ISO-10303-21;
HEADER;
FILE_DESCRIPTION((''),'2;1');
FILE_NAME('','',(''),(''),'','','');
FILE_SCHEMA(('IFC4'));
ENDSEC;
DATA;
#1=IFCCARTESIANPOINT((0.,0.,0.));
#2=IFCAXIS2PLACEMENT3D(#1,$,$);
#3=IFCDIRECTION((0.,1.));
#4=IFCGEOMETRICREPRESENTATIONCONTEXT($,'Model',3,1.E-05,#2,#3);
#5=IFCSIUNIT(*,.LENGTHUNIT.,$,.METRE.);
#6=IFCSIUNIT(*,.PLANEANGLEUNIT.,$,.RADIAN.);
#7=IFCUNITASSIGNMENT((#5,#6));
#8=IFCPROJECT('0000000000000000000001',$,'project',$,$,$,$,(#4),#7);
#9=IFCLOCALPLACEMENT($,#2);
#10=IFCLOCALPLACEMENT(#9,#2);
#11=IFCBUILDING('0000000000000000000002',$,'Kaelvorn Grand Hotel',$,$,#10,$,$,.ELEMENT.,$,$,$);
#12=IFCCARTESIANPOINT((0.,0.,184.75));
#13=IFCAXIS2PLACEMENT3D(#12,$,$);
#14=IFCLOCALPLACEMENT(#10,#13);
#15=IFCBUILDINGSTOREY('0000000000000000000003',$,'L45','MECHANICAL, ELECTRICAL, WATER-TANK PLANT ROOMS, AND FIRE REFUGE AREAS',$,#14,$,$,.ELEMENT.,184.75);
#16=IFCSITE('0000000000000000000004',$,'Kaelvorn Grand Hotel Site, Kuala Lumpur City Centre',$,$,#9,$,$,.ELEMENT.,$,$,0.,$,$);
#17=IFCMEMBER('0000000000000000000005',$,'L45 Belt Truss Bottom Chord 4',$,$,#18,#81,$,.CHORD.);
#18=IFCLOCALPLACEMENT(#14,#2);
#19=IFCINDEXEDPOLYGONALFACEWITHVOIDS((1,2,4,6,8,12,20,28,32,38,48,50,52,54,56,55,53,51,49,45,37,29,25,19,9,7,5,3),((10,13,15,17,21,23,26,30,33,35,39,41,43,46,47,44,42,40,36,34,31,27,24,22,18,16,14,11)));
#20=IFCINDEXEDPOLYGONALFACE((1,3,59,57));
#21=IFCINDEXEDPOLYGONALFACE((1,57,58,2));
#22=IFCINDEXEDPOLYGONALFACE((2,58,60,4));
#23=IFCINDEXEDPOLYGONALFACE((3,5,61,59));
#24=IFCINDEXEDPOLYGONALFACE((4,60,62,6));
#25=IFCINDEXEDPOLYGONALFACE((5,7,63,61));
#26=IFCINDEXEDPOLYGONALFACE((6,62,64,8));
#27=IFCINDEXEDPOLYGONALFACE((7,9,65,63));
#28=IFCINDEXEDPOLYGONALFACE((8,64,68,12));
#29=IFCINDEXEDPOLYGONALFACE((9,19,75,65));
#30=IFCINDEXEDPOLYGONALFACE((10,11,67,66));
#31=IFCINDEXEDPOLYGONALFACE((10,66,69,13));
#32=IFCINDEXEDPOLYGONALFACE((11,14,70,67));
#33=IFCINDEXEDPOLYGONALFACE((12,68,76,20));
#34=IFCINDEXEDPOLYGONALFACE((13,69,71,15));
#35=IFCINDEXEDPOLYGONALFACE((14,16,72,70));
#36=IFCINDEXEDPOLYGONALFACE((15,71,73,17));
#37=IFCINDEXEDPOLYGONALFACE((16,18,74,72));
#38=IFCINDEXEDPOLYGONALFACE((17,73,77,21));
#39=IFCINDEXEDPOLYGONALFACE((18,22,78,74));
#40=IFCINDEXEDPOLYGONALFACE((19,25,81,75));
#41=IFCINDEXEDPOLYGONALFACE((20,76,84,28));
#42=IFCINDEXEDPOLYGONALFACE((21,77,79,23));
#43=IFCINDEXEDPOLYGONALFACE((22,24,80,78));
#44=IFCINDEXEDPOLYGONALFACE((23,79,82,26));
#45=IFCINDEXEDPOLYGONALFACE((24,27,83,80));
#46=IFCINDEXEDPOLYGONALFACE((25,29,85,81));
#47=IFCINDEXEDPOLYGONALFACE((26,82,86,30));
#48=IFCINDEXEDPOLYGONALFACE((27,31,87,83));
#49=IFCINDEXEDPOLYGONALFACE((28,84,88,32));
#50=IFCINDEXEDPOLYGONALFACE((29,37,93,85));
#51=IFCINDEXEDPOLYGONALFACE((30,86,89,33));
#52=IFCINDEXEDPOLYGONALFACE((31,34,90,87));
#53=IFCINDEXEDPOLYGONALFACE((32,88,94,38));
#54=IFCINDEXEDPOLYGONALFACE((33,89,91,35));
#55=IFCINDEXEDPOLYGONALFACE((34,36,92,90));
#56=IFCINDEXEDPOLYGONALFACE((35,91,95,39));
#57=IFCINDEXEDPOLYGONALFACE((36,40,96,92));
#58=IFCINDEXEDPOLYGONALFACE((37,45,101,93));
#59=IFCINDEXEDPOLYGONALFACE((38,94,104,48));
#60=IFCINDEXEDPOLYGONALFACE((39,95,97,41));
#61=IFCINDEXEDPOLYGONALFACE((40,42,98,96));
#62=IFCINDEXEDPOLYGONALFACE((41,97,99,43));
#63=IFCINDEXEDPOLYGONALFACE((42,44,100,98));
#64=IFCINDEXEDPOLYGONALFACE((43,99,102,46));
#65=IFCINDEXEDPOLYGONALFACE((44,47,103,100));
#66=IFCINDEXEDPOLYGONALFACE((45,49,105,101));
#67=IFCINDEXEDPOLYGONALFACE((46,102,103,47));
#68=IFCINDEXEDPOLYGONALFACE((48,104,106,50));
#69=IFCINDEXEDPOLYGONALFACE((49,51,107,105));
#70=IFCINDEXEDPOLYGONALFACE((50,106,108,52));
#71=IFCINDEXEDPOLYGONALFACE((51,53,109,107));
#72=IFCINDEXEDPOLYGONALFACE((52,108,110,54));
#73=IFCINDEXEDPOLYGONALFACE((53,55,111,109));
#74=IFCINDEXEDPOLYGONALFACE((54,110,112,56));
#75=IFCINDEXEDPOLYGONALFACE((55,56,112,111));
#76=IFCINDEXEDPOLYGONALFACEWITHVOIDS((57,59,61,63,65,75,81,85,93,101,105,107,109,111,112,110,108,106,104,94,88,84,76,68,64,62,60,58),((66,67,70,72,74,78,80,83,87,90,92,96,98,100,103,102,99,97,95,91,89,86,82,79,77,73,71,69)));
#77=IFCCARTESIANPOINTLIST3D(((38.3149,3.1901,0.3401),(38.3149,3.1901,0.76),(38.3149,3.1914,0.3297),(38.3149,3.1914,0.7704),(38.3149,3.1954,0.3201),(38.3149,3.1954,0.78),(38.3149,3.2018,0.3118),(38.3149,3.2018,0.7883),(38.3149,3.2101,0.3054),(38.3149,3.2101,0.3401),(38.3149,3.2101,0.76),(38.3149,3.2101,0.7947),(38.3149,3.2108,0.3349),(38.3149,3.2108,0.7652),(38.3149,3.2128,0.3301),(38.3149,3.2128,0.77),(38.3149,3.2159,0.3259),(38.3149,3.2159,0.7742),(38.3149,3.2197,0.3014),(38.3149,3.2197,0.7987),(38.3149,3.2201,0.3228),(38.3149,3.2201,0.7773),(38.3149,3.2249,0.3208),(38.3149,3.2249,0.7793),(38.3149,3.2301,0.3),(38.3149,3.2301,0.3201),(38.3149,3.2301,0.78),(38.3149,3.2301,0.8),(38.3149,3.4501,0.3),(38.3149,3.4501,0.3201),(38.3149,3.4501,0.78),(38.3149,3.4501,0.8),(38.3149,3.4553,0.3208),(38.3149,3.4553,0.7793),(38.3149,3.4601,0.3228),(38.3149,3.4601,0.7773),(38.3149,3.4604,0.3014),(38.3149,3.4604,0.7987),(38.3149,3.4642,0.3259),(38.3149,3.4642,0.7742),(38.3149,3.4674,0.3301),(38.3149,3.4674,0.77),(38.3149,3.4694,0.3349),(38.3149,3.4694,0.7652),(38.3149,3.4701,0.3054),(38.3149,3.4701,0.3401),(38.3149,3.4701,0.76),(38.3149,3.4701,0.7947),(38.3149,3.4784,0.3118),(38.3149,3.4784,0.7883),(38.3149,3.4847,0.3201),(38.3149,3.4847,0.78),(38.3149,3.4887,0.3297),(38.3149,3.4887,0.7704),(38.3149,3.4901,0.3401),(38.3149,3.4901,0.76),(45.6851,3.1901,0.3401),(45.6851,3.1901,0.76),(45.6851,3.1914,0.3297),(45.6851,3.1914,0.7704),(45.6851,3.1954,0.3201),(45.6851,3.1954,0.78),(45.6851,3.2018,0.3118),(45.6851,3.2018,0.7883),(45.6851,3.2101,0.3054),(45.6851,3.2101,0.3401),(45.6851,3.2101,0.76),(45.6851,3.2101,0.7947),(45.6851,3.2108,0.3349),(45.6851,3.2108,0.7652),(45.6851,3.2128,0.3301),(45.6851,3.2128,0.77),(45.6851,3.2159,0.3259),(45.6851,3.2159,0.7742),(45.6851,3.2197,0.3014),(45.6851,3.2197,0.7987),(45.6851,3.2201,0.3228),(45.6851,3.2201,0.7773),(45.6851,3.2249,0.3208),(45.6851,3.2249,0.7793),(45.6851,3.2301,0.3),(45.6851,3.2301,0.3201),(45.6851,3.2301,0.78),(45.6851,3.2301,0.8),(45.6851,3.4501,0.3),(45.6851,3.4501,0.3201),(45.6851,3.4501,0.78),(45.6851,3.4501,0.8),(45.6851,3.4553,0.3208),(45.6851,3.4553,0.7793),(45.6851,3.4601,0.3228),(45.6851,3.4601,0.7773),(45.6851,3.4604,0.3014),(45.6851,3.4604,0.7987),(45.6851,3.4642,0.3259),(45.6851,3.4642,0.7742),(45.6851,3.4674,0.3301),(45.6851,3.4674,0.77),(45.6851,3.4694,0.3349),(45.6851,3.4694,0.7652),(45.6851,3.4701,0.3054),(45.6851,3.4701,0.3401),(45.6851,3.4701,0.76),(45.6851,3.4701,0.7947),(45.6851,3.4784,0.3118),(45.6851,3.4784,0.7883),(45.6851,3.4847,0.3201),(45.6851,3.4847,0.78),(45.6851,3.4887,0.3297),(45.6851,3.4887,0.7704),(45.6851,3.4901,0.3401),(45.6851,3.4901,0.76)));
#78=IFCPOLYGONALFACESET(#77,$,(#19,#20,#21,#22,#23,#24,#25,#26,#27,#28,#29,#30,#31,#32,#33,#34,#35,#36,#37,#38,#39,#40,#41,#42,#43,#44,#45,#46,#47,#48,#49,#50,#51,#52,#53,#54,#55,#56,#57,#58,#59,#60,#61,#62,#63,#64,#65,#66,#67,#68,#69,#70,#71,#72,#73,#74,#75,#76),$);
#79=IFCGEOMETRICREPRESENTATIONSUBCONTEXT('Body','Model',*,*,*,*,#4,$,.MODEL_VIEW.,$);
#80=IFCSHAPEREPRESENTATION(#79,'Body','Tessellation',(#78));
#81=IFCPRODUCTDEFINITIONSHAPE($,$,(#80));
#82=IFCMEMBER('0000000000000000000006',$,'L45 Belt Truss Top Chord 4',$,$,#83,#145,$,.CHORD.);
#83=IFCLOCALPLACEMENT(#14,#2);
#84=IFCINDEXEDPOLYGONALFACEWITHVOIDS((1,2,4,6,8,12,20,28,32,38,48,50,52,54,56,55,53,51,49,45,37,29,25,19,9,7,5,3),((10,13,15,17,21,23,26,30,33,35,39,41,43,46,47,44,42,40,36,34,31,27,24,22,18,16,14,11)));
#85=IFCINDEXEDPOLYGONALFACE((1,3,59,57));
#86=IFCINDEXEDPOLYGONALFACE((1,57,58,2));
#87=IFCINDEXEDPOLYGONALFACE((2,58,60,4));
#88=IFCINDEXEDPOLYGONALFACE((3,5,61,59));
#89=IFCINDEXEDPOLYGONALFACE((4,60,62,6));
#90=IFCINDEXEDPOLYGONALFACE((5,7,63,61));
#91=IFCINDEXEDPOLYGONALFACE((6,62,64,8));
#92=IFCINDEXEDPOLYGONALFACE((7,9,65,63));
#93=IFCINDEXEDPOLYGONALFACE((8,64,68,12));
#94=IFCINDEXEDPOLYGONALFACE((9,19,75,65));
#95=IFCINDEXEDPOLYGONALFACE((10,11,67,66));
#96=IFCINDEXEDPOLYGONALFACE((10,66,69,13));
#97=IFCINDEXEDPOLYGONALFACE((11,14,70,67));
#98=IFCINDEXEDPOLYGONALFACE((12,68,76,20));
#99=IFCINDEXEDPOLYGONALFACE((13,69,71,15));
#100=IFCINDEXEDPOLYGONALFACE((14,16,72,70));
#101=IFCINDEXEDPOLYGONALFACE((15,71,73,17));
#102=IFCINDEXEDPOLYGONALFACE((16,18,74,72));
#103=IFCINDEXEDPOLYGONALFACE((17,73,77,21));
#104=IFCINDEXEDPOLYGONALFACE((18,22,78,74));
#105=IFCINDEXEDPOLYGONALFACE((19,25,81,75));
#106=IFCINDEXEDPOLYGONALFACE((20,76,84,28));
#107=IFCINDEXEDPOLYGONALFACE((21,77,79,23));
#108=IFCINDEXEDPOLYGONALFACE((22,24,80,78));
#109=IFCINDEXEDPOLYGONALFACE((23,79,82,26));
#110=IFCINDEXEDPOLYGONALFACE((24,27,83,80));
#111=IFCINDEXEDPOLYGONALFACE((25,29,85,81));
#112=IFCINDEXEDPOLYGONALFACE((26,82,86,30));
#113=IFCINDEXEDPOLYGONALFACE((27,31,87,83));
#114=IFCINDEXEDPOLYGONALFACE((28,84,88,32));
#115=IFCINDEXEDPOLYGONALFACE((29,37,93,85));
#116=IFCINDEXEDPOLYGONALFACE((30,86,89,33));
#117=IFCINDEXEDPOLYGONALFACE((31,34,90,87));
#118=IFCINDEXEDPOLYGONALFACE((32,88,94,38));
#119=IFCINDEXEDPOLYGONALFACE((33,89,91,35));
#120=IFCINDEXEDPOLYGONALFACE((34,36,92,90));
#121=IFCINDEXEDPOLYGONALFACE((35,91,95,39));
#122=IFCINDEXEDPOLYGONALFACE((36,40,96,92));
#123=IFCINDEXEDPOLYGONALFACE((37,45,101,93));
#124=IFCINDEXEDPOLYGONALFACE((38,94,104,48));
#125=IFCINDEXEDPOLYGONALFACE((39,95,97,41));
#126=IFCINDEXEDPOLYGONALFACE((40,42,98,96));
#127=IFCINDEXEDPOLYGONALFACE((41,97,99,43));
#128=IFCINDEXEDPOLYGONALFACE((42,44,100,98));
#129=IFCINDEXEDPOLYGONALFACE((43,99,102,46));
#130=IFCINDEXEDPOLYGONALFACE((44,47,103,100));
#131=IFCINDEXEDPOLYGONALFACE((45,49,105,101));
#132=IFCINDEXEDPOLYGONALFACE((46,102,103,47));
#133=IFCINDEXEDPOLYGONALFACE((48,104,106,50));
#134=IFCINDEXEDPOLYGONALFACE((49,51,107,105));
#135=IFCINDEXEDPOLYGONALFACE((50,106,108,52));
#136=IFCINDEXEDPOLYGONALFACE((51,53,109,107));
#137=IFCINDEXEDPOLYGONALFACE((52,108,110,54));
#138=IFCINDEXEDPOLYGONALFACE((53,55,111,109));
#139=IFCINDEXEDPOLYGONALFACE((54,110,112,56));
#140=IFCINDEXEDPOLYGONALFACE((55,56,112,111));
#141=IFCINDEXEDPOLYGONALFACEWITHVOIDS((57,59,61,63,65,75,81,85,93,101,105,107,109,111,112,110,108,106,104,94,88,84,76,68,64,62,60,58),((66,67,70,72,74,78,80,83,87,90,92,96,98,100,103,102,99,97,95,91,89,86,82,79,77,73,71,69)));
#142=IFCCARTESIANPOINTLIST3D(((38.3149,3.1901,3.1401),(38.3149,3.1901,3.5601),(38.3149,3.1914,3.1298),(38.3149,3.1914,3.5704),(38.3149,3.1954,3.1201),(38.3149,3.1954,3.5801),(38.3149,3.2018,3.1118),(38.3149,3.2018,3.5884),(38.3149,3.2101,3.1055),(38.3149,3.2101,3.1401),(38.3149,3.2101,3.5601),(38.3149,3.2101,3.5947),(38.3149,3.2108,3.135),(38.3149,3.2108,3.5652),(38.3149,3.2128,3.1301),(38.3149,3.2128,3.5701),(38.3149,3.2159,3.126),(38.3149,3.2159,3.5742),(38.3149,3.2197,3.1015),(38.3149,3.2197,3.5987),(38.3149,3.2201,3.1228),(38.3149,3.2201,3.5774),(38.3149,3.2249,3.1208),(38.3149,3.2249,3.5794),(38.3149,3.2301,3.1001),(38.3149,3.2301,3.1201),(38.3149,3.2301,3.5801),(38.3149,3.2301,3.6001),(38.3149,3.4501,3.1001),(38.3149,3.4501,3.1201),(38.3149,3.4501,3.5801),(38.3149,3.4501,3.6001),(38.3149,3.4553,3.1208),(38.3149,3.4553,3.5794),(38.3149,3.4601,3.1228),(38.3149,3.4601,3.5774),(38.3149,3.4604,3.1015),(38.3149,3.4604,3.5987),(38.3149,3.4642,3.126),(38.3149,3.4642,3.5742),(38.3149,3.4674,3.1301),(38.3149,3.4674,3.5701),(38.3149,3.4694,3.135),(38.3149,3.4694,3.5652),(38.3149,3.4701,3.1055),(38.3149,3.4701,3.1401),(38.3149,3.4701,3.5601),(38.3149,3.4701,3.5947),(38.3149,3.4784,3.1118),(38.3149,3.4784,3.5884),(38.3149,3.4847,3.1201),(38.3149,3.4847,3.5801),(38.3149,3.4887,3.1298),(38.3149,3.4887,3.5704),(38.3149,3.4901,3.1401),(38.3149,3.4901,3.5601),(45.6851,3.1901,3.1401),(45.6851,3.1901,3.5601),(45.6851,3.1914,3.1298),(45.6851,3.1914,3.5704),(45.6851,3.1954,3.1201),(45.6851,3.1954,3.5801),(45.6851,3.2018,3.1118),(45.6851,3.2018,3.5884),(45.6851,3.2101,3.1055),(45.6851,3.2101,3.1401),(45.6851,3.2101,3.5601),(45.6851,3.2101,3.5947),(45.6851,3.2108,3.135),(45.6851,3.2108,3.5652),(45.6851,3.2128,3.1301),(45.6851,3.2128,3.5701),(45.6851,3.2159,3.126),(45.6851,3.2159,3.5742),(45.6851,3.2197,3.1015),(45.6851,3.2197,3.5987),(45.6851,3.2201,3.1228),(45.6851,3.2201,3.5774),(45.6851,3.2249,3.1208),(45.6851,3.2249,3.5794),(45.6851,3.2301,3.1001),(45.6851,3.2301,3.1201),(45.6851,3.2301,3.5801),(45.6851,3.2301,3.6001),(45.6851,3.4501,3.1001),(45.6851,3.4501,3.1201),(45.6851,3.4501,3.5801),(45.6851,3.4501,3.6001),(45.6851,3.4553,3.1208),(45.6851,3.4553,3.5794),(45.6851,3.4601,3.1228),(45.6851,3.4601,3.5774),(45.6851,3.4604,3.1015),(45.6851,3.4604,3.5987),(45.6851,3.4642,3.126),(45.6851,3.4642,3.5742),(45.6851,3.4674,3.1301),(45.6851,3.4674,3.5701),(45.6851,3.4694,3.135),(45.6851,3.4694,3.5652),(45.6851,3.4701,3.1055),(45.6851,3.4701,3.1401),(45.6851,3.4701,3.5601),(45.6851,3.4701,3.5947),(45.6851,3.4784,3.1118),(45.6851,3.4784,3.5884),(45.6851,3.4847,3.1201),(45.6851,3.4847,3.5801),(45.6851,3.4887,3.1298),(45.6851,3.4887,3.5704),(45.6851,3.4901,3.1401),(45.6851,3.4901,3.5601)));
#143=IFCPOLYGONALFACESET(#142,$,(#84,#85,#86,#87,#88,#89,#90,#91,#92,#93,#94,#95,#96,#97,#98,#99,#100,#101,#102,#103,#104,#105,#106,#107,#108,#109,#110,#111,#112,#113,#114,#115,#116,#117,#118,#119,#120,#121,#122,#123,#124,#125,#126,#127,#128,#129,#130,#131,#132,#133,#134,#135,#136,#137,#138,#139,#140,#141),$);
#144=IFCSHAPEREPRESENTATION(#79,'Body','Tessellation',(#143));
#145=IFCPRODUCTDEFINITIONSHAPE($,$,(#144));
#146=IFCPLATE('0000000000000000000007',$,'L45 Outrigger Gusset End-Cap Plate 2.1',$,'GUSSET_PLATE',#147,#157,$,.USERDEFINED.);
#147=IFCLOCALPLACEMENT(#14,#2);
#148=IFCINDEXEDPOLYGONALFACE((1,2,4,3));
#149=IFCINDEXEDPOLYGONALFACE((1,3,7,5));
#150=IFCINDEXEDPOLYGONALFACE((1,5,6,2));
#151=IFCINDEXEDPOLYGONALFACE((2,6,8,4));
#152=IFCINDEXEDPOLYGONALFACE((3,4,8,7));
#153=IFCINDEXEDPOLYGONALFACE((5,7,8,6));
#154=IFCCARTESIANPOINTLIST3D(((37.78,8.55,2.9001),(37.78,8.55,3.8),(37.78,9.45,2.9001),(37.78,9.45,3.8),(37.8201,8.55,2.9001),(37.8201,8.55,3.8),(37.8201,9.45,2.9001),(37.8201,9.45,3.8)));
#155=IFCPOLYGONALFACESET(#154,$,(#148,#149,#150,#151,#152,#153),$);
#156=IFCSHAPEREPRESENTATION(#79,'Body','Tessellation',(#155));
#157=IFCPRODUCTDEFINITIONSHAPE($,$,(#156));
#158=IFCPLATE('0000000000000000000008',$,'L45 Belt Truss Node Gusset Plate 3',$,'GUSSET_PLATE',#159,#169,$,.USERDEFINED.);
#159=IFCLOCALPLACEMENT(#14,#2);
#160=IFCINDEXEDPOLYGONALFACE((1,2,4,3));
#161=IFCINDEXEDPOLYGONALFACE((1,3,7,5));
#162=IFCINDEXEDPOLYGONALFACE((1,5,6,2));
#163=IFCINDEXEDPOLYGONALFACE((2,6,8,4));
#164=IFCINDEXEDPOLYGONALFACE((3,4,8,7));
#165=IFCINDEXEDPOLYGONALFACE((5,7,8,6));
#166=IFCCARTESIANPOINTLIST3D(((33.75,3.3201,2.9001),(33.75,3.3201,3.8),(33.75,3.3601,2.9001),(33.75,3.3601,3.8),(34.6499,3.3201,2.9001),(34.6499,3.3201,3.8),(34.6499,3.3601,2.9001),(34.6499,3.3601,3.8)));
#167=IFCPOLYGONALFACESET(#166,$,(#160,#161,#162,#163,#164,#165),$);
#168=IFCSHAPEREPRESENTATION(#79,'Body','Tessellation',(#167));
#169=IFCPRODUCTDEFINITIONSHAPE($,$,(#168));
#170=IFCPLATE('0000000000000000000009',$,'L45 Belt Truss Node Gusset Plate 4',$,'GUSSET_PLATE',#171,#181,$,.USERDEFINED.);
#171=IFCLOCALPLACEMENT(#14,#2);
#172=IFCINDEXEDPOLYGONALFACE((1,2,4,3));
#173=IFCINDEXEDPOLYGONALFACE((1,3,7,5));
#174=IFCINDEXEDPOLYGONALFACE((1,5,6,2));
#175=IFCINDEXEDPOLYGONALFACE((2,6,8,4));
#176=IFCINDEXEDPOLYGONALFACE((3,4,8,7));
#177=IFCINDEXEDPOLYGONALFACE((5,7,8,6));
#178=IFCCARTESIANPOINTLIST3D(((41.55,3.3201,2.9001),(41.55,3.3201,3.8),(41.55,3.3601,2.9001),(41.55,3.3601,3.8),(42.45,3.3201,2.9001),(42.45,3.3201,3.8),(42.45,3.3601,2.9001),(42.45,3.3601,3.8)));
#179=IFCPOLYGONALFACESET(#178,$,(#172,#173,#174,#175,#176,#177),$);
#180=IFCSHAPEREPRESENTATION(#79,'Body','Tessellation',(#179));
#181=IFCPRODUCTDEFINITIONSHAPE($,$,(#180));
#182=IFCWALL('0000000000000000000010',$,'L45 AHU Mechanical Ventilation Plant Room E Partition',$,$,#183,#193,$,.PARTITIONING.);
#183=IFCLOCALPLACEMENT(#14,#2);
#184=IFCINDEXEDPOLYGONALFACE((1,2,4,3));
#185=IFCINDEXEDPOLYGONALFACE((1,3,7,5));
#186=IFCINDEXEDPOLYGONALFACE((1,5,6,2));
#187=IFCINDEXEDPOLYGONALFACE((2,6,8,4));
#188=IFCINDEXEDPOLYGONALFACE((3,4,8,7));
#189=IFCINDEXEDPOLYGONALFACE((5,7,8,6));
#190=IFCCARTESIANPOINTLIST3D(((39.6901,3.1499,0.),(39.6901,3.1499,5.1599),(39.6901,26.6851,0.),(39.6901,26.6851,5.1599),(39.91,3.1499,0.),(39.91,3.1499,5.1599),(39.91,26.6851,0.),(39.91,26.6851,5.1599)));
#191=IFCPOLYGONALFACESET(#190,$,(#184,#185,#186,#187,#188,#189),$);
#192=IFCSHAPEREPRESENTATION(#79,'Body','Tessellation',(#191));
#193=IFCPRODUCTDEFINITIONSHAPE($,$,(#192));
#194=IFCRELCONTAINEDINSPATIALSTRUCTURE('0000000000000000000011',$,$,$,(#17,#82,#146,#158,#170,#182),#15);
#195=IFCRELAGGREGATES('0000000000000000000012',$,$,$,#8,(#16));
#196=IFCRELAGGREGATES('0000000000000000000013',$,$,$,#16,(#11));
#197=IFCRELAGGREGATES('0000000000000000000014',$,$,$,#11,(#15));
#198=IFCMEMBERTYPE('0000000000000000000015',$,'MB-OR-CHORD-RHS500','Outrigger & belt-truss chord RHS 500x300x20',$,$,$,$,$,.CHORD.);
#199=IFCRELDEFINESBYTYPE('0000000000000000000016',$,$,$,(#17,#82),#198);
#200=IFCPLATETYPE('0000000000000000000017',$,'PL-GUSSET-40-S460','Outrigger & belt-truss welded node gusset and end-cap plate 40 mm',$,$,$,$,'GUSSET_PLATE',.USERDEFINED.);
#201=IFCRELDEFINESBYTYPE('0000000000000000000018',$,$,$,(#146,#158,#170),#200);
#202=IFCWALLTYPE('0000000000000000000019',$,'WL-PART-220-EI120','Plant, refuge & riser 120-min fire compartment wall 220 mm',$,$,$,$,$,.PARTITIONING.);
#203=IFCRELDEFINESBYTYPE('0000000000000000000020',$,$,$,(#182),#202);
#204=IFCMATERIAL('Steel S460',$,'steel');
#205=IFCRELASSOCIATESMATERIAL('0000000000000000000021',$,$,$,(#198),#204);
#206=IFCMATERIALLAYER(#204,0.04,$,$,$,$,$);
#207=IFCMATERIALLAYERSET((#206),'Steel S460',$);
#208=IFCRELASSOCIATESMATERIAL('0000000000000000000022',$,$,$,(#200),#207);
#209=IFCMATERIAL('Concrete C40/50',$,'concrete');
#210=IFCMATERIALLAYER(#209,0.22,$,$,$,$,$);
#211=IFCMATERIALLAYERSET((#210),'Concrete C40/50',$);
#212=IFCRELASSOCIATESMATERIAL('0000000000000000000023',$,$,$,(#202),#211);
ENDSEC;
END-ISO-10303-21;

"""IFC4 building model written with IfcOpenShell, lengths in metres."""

from ifc_helpers import new_model, si_unit, direction, frame, frame_2d, origin, origin_2d, place, context, subcontext, project, spatial, rectangle, hollow_rectangle, extrude, material, layer, layer_set, material_profile, profile_set, type_object, element, save


model = new_model("IFC4")

# Units and contexts
model_context = context("Model", 3, precision=1e-05, world=origin(), true_north=direction((0.0, 1.0)))
body_context = subcontext(model_context, "Body", "Model", "MODEL_VIEW")
ifc_project = project(units=[si_unit("LENGTHUNIT", "METRE"), si_unit("PLANEANGLEUNIT", "RADIAN")], contexts=[model_context])

# Site, building, storey
site_placement = place(None, origin())
site = spatial("IfcSite", under=ifc_project, at=site_placement, Name="Kaelvorn Grand Hotel Site, Kuala Lumpur City Centre", CompositionType="ELEMENT", RefElevation=0.0)
building_placement = place(site_placement, origin())
building = spatial("IfcBuilding", under=site, at=building_placement, Name="Kaelvorn Grand Hotel", CompositionType="ELEMENT")
storey_placement = place(building_placement, frame((0.0, 0.0, 184.75)))
storey = spatial("IfcBuildingStorey", under=building, at=storey_placement, Name="L45", Description="MECHANICAL, ELECTRICAL, WATER-TANK PLANT ROOMS, AND FIRE REFUGE AREAS", CompositionType="ELEMENT", Elevation=184.75)

# Shared definitions
ifc_material_1 = material(Name="Steel S460", Category="steel")

# Members
ifc_material_profile_1 = material_profile(ifc_material_1, hollow_rectangle(XDim=0.3, YDim=0.5, WallThickness=0.02, InnerFilletRadius=0.02, OuterFilletRadius=0.04, at=origin_2d()), Name="RHS 500x300x20.0")
ifc_profile_set_1 = profile_set([ifc_material_profile_1], Name="Steel S460")
member_type_1 = type_object("IfcMemberType", Name="MB-OR-CHORD-RHS500", Description="Outrigger & belt-truss chord RHS 500x300x20", PredefinedType="CHORD", material=ifc_profile_set_1)
for number, where, z_axis, x_axis, name in (
    (1, (38.3149, 3.3401, 0.55), (1.0, 0.0, 0.0), (0.0, 1.0, 0.0), "L45 Belt Truss Bottom Chord 4"),
    (2, (38.3149, 3.3401, 3.3501), (1.0, 0.0, 0.0), (0.0, 1.0, 0.0), "L45 Belt Truss Top Chord 4"),
):
    element("IfcMember", number, at=place(storey_placement, frame(where, z_axis=z_axis, x_axis=x_axis)), inside=storey, type_object=member_type_1, Name=name, PredefinedType="CHORD", context=body_context, shape_type="SweptSolid", body=[
        extrude(hollow_rectangle(XDim=0.3, YDim=0.5, WallThickness=0.02, InnerFilletRadius=0.02, OuterFilletRadius=0.04, at=origin_2d()), origin(), (0.0, 0.0, 1.0), 7.3701),
    ])

# Plates
ifc_layer_1 = layer(ifc_material_1, 0.04)
ifc_layer_set_1 = layer_set([ifc_layer_1], Name="Steel S460")
plate_type = type_object("IfcPlateType", Name="PL-GUSSET-40-S460", Description="Outrigger & belt-truss welded node gusset and end-cap plate 40 mm", ElementType="GUSSET_PLATE", PredefinedType="USERDEFINED", material=ifc_layer_set_1)
plate_placement = place(storey_placement, frame((37.8, 9.0, 2.9001), z_axis=(0.0, 0.0, 1.0), x_axis=(1.0, 0.0, 0.0)))
element("IfcPlate", 3, at=plate_placement, inside=storey, type_object=plate_type, Name="L45 Outrigger Gusset End-Cap Plate 2.1", ObjectType="GUSSET_PLATE", PredefinedType="USERDEFINED", context=body_context, shape_type="SweptSolid", body=[
    extrude(rectangle(XDim=0.04, YDim=0.8999, at=origin_2d()), origin(), (0.0, 0.0, 1.0), 0.8999),
])
for number, where, z_axis, x_axis, name in (
    (4, (34.2, 3.3401, 2.9001), (0.0, 0.0, 1.0), (1.0, 0.0, 0.0), "L45 Belt Truss Node Gusset Plate 3"),
    (5, (42.0, 3.3401, 2.9001), (0.0, 0.0, 1.0), (1.0, 0.0, 0.0), "L45 Belt Truss Node Gusset Plate 4"),
):
    element("IfcPlate", number, at=place(storey_placement, frame(where, z_axis=z_axis, x_axis=x_axis)), inside=storey, type_object=plate_type, Name=name, ObjectType="GUSSET_PLATE", PredefinedType="USERDEFINED", context=body_context, shape_type="SweptSolid", body=[
        extrude(rectangle(XDim=0.8999, YDim=0.04, at=origin_2d()), origin(), (0.0, 0.0, 1.0), 0.8999),
    ])

# Wall
ifc_material_2 = material(Name="Concrete C40/50", Category="concrete")
ifc_layer_2 = layer(ifc_material_2, 0.22)
ifc_layer_set_2 = layer_set([ifc_layer_2], Name="Concrete C40/50")
wall_type = type_object("IfcWallType", Name="WL-PART-220-EI120", Description="Plant, refuge & riser 120-min fire compartment wall 220 mm", PredefinedType="PARTITIONING", material=ifc_layer_set_2)
wall_placement = place(storey_placement, frame((39.8, 3.1499, 0.0), z_axis=(0.0, 0.0, 1.0), x_axis=(0.0, 1.0, 0.0)))
element("IfcWall", 6, at=wall_placement, inside=storey, type_object=wall_type, Name="L45 AHU Mechanical Ventilation Plant Room E Partition", PredefinedType="PARTITIONING", context=body_context, shape_type="SweptSolid", body=[
    extrude(rectangle(XDim=23.5352, YDim=0.22, at=frame_2d((11.7676, 0.0))), origin(), (0.0, 0.0, 1.0), 5.1599),
])

save(model, "model.ifc")
